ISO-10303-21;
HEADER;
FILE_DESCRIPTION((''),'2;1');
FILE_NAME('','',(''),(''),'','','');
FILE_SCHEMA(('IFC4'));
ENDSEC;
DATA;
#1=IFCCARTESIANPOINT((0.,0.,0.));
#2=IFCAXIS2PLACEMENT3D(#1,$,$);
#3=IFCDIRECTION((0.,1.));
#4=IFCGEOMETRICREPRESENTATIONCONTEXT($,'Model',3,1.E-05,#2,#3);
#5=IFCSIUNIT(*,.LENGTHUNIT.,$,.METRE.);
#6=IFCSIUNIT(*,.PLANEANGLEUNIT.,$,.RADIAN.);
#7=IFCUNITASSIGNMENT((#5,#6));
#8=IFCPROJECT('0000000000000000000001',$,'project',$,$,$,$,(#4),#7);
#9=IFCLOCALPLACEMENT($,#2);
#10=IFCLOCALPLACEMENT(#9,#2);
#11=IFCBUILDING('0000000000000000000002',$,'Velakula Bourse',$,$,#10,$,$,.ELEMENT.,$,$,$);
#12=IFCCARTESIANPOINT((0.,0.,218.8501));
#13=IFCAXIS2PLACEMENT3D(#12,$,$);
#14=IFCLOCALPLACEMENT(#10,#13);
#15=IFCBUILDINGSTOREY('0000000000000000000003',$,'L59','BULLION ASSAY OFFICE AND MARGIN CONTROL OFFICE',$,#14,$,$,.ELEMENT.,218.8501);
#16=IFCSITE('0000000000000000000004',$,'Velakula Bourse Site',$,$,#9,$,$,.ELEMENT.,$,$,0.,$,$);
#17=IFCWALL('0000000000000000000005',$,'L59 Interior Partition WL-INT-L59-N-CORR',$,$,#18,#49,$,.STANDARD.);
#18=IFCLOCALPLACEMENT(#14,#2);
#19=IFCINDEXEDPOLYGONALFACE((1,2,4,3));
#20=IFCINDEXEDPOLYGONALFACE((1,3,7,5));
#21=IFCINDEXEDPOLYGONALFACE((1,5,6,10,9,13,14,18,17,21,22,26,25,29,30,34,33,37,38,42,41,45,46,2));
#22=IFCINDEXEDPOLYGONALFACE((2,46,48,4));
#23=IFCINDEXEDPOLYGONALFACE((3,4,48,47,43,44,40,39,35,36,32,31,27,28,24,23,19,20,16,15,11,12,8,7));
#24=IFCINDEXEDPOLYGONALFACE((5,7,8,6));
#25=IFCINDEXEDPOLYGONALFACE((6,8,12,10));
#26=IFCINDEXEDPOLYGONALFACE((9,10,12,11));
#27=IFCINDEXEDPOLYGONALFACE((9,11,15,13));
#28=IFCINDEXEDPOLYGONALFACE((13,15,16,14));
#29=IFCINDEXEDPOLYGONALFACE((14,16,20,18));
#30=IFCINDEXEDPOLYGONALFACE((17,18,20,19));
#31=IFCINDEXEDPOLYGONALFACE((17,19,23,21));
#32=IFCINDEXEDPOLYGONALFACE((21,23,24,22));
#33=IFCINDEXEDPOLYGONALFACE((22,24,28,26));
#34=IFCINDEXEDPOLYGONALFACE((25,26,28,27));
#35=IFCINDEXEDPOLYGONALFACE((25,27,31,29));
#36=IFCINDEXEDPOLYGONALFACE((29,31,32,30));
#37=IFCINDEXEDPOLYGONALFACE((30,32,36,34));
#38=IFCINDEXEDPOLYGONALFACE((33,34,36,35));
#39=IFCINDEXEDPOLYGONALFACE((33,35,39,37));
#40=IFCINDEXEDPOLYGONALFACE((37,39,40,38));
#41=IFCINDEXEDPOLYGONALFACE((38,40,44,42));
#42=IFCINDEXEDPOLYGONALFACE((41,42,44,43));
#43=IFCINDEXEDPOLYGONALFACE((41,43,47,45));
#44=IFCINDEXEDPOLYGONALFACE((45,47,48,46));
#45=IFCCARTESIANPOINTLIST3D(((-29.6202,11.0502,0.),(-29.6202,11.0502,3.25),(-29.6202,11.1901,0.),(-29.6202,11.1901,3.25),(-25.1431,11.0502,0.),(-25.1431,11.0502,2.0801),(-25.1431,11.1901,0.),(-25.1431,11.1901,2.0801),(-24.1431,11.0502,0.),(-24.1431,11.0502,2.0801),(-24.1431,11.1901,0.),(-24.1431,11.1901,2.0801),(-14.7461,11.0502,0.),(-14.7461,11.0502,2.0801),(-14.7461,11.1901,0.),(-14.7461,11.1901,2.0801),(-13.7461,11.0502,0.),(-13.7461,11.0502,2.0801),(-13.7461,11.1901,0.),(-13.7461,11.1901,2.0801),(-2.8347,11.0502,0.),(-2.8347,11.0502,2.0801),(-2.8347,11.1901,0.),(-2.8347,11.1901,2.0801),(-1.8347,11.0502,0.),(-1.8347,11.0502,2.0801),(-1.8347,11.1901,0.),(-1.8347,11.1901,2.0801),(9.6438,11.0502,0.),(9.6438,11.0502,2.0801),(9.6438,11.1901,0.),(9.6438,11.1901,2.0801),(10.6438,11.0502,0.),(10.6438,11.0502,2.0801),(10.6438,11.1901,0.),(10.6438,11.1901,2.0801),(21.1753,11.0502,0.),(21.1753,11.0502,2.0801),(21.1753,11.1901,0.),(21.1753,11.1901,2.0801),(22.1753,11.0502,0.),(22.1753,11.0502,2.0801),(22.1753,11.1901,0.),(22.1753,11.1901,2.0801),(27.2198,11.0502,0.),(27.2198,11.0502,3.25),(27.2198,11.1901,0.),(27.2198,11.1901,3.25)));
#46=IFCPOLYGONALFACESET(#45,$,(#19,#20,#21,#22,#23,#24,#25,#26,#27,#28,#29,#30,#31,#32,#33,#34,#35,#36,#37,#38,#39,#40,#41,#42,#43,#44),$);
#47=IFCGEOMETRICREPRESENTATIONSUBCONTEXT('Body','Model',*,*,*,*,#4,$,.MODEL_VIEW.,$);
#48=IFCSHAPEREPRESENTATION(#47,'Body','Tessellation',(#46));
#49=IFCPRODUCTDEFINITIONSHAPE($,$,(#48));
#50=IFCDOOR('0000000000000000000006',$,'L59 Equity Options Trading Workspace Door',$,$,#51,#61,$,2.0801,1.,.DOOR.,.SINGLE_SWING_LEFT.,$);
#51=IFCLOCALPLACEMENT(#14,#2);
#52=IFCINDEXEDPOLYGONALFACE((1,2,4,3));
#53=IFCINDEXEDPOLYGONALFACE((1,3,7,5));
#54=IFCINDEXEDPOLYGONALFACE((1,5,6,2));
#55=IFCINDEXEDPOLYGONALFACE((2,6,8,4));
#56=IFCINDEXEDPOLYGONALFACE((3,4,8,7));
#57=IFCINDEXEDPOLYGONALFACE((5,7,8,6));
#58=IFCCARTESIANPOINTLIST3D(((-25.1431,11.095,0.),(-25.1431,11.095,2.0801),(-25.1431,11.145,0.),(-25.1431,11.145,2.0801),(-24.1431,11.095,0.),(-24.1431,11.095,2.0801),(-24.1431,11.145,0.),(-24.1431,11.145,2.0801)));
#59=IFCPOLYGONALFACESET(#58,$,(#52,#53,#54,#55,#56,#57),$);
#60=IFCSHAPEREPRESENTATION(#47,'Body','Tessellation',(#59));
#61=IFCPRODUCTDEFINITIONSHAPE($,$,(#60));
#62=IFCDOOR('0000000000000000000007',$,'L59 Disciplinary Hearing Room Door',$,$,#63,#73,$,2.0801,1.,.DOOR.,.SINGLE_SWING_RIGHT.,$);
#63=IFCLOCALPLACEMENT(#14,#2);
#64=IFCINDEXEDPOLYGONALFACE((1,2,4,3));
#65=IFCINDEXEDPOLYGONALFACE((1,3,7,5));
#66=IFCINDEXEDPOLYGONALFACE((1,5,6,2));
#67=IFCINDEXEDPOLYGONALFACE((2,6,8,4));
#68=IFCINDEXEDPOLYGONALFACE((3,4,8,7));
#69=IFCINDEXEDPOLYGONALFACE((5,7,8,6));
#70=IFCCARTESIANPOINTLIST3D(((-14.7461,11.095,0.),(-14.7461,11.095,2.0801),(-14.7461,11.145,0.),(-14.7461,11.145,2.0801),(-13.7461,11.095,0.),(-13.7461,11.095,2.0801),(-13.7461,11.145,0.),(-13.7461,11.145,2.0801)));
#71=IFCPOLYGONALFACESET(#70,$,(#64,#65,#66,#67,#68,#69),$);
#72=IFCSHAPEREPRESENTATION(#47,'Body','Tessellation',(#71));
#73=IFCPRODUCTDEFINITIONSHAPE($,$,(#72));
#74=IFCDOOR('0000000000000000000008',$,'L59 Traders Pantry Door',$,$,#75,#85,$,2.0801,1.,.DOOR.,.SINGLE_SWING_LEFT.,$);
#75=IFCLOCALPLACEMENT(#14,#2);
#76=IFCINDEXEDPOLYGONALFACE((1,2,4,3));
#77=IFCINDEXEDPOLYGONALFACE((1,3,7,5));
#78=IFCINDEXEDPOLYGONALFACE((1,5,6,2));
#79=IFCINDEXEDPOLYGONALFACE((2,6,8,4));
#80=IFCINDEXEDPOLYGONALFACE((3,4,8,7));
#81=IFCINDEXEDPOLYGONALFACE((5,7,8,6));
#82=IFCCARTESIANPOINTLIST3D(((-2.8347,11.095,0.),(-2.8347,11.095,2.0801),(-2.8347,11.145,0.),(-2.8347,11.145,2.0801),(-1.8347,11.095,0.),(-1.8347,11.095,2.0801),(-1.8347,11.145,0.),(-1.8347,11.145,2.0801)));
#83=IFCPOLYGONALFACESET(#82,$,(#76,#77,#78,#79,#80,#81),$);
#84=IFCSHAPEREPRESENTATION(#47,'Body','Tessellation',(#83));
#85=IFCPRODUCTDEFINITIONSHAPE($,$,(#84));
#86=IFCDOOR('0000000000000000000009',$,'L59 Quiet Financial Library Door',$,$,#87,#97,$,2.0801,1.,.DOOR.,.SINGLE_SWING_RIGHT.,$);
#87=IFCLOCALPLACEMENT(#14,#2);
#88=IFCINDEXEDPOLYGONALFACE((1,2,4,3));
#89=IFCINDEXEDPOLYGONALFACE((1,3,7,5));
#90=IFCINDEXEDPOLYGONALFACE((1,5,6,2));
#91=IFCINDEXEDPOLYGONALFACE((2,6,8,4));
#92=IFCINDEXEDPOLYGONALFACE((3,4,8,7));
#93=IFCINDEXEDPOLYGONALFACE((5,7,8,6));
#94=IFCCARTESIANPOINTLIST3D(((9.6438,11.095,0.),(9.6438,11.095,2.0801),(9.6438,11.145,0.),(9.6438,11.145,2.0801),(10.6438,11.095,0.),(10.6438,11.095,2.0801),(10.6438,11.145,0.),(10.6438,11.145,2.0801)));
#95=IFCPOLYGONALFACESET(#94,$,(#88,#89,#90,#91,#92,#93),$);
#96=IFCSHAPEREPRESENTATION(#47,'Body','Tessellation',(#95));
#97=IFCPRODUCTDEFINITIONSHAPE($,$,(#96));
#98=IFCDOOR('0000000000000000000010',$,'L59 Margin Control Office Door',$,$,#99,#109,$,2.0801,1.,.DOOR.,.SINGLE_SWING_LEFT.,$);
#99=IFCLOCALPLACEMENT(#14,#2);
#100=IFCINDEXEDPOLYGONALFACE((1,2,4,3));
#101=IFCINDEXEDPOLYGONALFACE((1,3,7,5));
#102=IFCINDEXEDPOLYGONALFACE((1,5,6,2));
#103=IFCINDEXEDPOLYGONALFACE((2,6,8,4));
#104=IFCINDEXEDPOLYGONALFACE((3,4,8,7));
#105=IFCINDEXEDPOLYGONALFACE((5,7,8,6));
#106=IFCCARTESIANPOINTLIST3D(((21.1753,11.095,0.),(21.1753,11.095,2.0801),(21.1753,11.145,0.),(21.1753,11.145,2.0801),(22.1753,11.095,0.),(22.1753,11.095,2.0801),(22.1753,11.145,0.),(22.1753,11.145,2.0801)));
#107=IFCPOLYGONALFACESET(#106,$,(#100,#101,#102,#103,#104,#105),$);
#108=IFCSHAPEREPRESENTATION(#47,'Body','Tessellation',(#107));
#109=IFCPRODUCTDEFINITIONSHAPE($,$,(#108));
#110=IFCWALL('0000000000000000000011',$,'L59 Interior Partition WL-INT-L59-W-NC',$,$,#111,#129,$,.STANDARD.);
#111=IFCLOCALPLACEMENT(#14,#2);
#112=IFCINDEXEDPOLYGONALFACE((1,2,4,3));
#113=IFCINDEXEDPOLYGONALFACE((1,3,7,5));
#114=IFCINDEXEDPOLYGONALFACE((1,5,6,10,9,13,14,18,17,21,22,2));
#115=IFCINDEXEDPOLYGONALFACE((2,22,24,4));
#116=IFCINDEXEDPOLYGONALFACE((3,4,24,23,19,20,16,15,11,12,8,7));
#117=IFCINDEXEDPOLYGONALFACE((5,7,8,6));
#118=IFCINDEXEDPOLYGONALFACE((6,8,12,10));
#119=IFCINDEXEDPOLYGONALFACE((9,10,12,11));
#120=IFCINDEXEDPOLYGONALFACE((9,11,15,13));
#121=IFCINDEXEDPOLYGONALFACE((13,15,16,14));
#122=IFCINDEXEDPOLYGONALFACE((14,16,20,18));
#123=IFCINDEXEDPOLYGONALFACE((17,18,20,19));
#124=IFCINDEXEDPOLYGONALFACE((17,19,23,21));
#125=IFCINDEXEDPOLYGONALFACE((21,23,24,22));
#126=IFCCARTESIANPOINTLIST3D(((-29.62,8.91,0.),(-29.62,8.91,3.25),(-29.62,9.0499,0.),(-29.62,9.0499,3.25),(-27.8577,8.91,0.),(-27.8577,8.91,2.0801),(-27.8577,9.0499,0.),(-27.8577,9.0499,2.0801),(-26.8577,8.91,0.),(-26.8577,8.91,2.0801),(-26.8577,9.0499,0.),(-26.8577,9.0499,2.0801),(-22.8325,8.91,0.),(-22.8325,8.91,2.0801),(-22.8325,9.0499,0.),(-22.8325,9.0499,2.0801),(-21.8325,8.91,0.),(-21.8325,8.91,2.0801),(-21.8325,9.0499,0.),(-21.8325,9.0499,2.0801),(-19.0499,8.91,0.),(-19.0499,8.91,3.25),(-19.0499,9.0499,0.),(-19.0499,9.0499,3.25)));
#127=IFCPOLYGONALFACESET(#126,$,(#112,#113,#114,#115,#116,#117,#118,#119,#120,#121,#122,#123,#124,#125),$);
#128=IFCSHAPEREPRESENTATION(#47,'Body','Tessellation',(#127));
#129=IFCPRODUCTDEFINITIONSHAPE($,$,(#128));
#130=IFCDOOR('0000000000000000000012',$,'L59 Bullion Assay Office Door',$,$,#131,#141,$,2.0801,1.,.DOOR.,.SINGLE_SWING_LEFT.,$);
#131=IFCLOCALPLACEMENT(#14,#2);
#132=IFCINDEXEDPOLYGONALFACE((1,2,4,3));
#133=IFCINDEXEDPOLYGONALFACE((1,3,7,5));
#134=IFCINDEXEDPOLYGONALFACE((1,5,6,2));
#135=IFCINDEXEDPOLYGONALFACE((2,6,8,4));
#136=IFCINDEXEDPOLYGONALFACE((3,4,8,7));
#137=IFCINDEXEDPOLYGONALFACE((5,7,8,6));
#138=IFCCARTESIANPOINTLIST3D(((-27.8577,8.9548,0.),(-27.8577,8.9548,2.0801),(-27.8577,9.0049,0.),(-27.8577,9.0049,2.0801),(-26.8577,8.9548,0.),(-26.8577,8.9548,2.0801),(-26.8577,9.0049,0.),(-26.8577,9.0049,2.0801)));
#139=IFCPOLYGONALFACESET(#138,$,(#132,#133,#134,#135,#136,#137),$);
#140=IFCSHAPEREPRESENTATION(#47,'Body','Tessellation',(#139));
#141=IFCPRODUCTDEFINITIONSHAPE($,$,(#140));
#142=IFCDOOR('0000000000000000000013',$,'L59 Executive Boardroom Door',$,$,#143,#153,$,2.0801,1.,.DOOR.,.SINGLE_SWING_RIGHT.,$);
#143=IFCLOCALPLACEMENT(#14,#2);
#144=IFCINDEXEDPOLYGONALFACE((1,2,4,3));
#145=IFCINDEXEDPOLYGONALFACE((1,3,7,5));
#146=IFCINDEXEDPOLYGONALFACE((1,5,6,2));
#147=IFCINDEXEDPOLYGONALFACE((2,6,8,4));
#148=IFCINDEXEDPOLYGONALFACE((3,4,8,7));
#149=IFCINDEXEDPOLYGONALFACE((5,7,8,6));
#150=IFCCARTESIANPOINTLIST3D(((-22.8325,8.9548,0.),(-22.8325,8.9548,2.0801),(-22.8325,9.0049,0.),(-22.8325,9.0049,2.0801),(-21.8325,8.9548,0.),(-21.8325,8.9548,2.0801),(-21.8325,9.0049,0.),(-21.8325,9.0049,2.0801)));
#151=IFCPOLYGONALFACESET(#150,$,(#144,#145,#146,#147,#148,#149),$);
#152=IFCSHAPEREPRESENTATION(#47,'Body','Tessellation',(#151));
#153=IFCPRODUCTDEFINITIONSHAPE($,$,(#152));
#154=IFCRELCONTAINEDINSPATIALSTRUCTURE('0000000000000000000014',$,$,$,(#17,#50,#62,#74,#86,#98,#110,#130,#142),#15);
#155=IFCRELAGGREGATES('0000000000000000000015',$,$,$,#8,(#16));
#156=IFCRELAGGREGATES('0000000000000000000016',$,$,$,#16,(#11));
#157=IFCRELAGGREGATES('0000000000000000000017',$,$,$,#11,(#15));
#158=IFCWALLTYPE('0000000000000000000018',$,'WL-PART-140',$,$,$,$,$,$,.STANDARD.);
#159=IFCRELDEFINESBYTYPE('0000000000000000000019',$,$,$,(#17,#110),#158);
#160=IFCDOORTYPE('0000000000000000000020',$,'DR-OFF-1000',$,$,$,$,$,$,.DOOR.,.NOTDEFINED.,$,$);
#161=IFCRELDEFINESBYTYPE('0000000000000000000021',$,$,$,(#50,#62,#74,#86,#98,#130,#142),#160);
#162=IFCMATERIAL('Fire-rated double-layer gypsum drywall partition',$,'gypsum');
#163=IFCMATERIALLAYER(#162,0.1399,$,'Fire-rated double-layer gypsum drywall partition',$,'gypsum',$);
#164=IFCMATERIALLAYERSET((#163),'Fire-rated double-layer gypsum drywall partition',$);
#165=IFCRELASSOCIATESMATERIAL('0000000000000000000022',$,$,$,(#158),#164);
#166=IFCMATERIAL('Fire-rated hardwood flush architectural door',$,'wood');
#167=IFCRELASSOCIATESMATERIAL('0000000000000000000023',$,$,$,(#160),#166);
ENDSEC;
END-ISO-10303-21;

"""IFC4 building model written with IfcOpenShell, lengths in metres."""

from ifc_helpers import new_model, si_unit, direction, frame, frame_2d, origin, place, context, subcontext, project, spatial, rectangle, extrude, material, layer, layer_set, type_object, element, fill, save


model = new_model("IFC4")

# Units and contexts
model_context = context("Model", 3, precision=1e-05, world=origin(), true_north=direction((0.0, 1.0)))
body_context = subcontext(model_context, "Body", "Model", "MODEL_VIEW")
ifc_project = project(units=[si_unit("LENGTHUNIT", "METRE"), si_unit("PLANEANGLEUNIT", "RADIAN")], contexts=[model_context])

# Site, building, storey
site_placement = place(None, origin())
site = spatial("IfcSite", under=ifc_project, at=site_placement, Name="Velakula Bourse Site", CompositionType="ELEMENT", RefElevation=0.0)
building_placement = place(site_placement, origin())
building = spatial("IfcBuilding", under=site, at=building_placement, Name="Velakula Bourse", CompositionType="ELEMENT")
storey_placement = place(building_placement, frame((0.0, 0.0, 218.8501)))
storey = spatial("IfcBuildingStorey", under=building, at=storey_placement, Name="L59", Description="BULLION ASSAY OFFICE AND MARGIN CONTROL OFFICE", CompositionType="ELEMENT", Elevation=218.8501)

# Shared definitions
ifc_material_1 = material(Name="Fire-rated hardwood flush architectural door", Category="wood")

# Shared definitions
ifc_material_2 = material(Name="Fire-rated double-layer gypsum drywall partition", Category="gypsum")

# Walls, openings, doors
ifc_layer_1 = layer(ifc_material_2, 0.1399, Name="Fire-rated double-layer gypsum drywall partition", Category="gypsum")
ifc_layer_set_1 = layer_set([ifc_layer_1], Name="Fire-rated double-layer gypsum drywall partition")
wall_type_1 = type_object("IfcWallType", Name="WL-PART-140", PredefinedType="STANDARD", material=ifc_layer_set_1)
wall_1_placement = place(storey_placement, frame((-29.6201, 11.1201, 0.0), z_axis=(0.0, 0.0, 1.0), x_axis=(1.0, 0.0, 0.0)))
wall_1 = element("IfcWall", 1, at=wall_1_placement, inside=storey, type_object=wall_type_1, Name="L59 Interior Partition WL-INT-L59-N-CORR", PredefinedType="STANDARD", context=body_context, shape_type="SweptSolid", body=[
    extrude(rectangle(XDim=56.8401, YDim=0.1399, at=frame_2d((28.4199, 0.0))), origin(), (0.0, 0.0, 1.0), 3.25),
])
opening_1_placement = place(wall_1_placement, frame((4.4771, 0.0, 0.0)))
opening_1 = element("IfcOpeningElement", 2, at=opening_1_placement, cuts=wall_1, PredefinedType="OPENING", context=body_context, shape_type="SweptSolid", body=[
    extrude(rectangle(XDim=1.0, YDim=2.0801, at=frame_2d((0.5, 1.04))), frame((0.0, 0.0798, 0.0), z_axis=(0.0, -1.0, 0.0), x_axis=(1.0, 0.0, 0.0)), (0.0, 0.0, 1.0), 0.1599),
])
opening_2_placement = place(wall_1_placement, frame((14.874, 0.0, 0.0)))
opening_2 = element("IfcOpeningElement", 3, at=opening_2_placement, cuts=wall_1, PredefinedType="OPENING", context=body_context, shape_type="SweptSolid", body=[
    extrude(rectangle(XDim=1.0, YDim=2.0801, at=frame_2d((0.5, 1.04))), frame((0.0, 0.0798, 0.0), z_axis=(0.0, -1.0, 0.0), x_axis=(1.0, 0.0, 0.0)), (0.0, 0.0, 1.0), 0.1599),
])
opening_3_placement = place(wall_1_placement, frame((26.7854, 0.0, 0.0)))
opening_3 = element("IfcOpeningElement", 4, at=opening_3_placement, cuts=wall_1, PredefinedType="OPENING", context=body_context, shape_type="SweptSolid", body=[
    extrude(rectangle(XDim=1.0, YDim=2.0801, at=frame_2d((0.5, 1.04))), frame((0.0, 0.0798, 0.0), z_axis=(0.0, -1.0, 0.0), x_axis=(1.0, 0.0, 0.0)), (0.0, 0.0, 1.0), 0.1599),
])
opening_4_placement = place(wall_1_placement, frame((39.2639, 0.0, 0.0)))
opening_4 = element("IfcOpeningElement", 5, at=opening_4_placement, cuts=wall_1, PredefinedType="OPENING", context=body_context, shape_type="SweptSolid", body=[
    extrude(rectangle(XDim=1.0, YDim=2.0801, at=frame_2d((0.5, 1.04))), frame((0.0, 0.0798, 0.0), z_axis=(0.0, -1.0, 0.0), x_axis=(1.0, 0.0, 0.0)), (0.0, 0.0, 1.0), 0.1599),
])
opening_5_placement = place(wall_1_placement, frame((50.7954, 0.0, 0.0)))
opening_5 = element("IfcOpeningElement", 6, at=opening_5_placement, cuts=wall_1, PredefinedType="OPENING", context=body_context, shape_type="SweptSolid", body=[
    extrude(rectangle(XDim=1.0, YDim=2.0801, at=frame_2d((0.5, 1.04))), frame((0.0, 0.0798, 0.0), z_axis=(0.0, -1.0, 0.0), x_axis=(1.0, 0.0, 0.0)), (0.0, 0.0, 1.0), 0.1599),
])
door_type_1 = type_object("IfcDoorType", Name="DR-OFF-1000", OperationType="NOTDEFINED", PredefinedType="DOOR", material=ifc_material_1)
door_1_placement = place(opening_1_placement, origin())
door_1 = element("IfcDoor", 7, at=door_1_placement, inside=storey, type_object=door_type_1, Name="L59 Equity Options Trading Workspace Door", OperationType="SINGLE_SWING_LEFT", OverallHeight=2.0801, OverallWidth=1.0, PredefinedType="DOOR", context=body_context, shape_type="SweptSolid", body=[
    extrude(rectangle(XDim=1.0, YDim=2.0801, at=frame_2d((0.5, 1.04))), frame((0.0, 0.0249, 0.0), z_axis=(0.0, -1.0, 0.0), x_axis=(1.0, 0.0, 0.0)), (0.0, 0.0, 1.0), 0.05),
])
fill(opening_1, door_1)
door_2_placement = place(opening_2_placement, origin())
door_2 = element("IfcDoor", 8, at=door_2_placement, inside=storey, type_object=door_type_1, Name="L59 Disciplinary Hearing Room Door", OperationType="SINGLE_SWING_RIGHT", OverallHeight=2.0801, OverallWidth=1.0, PredefinedType="DOOR", context=body_context, shape_type="SweptSolid", body=[
    extrude(rectangle(XDim=1.0, YDim=2.0801, at=frame_2d((0.5, 1.04))), frame((0.0, 0.0249, 0.0), z_axis=(0.0, -1.0, 0.0), x_axis=(1.0, 0.0, 0.0)), (0.0, 0.0, 1.0), 0.05),
])
fill(opening_2, door_2)
door_3_placement = place(opening_3_placement, origin())
door_3 = element("IfcDoor", 9, at=door_3_placement, inside=storey, type_object=door_type_1, Name="L59 Traders Pantry Door", OperationType="SINGLE_SWING_LEFT", OverallHeight=2.0801, OverallWidth=1.0, PredefinedType="DOOR", context=body_context, shape_type="SweptSolid", body=[
    extrude(rectangle(XDim=1.0, YDim=2.0801, at=frame_2d((0.5, 1.04))), frame((0.0, 0.0249, 0.0), z_axis=(0.0, -1.0, 0.0), x_axis=(1.0, 0.0, 0.0)), (0.0, 0.0, 1.0), 0.05),
])
fill(opening_3, door_3)
door_4_placement = place(opening_4_placement, origin())
door_4 = element("IfcDoor", 10, at=door_4_placement, inside=storey, type_object=door_type_1, Name="L59 Quiet Financial Library Door", OperationType="SINGLE_SWING_RIGHT", OverallHeight=2.0801, OverallWidth=1.0, PredefinedType="DOOR", context=body_context, shape_type="SweptSolid", body=[
    extrude(rectangle(XDim=1.0, YDim=2.0801, at=frame_2d((0.5, 1.04))), frame((0.0, 0.0249, 0.0), z_axis=(0.0, -1.0, 0.0), x_axis=(1.0, 0.0, 0.0)), (0.0, 0.0, 1.0), 0.05),
])
fill(opening_4, door_4)
door_5_placement = place(opening_5_placement, origin())
door_5 = element("IfcDoor", 11, at=door_5_placement, inside=storey, type_object=door_type_1, Name="L59 Margin Control Office Door", OperationType="SINGLE_SWING_LEFT", OverallHeight=2.0801, OverallWidth=1.0, PredefinedType="DOOR", context=body_context, shape_type="SweptSolid", body=[
    extrude(rectangle(XDim=1.0, YDim=2.0801, at=frame_2d((0.5, 1.04))), frame((0.0, 0.0249, 0.0), z_axis=(0.0, -1.0, 0.0), x_axis=(1.0, 0.0, 0.0)), (0.0, 0.0, 1.0), 0.05),
])
fill(opening_5, door_5)
wall_2_placement = place(storey_placement, frame((-29.6201, 8.98, 0.0), z_axis=(0.0, 0.0, 1.0), x_axis=(1.0, 0.0, 0.0)))
wall_2 = element("IfcWall", 12, at=wall_2_placement, inside=storey, type_object=wall_type_1, Name="L59 Interior Partition WL-INT-L59-W-NC", PredefinedType="STANDARD", context=body_context, shape_type="SweptSolid", body=[
    extrude(rectangle(XDim=10.5701, YDim=0.1399, at=frame_2d((5.2852, 0.0))), origin(), (0.0, 0.0, 1.0), 3.25),
])
opening_6_placement = place(wall_2_placement, frame((1.7625, 0.0, 0.0)))
opening_6 = element("IfcOpeningElement", 13, at=opening_6_placement, cuts=wall_2, PredefinedType="OPENING", context=body_context, shape_type="SweptSolid", body=[
    extrude(rectangle(XDim=1.0, YDim=2.0801, at=frame_2d((0.5, 1.04))), frame((0.0, 0.0798, 0.0), z_axis=(0.0, -1.0, 0.0), x_axis=(1.0, 0.0, 0.0)), (0.0, 0.0, 1.0), 0.1599),
])
opening_7_placement = place(wall_2_placement, frame((6.7876, 0.0, 0.0)))
opening_7 = element("IfcOpeningElement", 14, at=opening_7_placement, cuts=wall_2, PredefinedType="OPENING", context=body_context, shape_type="SweptSolid", body=[
    extrude(rectangle(XDim=1.0, YDim=2.0801, at=frame_2d((0.5, 1.04))), frame((0.0, 0.0798, 0.0), z_axis=(0.0, -1.0, 0.0), x_axis=(1.0, 0.0, 0.0)), (0.0, 0.0, 1.0), 0.1599),
])
door_6_placement = place(opening_6_placement, origin())
door_6 = element("IfcDoor", 15, at=door_6_placement, inside=storey, type_object=door_type_1, Name="L59 Bullion Assay Office Door", OperationType="SINGLE_SWING_LEFT", OverallHeight=2.0801, OverallWidth=1.0, PredefinedType="DOOR", context=body_context, shape_type="SweptSolid", body=[
    extrude(rectangle(XDim=1.0, YDim=2.0801, at=frame_2d((0.5, 1.04))), frame((0.0, 0.0249, 0.0), z_axis=(0.0, -1.0, 0.0), x_axis=(1.0, 0.0, 0.0)), (0.0, 0.0, 1.0), 0.05),
])
fill(opening_6, door_6)
door_7_placement = place(opening_7_placement, origin())
door_7 = element("IfcDoor", 16, at=door_7_placement, inside=storey, type_object=door_type_1, Name="L59 Executive Boardroom Door", OperationType="SINGLE_SWING_RIGHT", OverallHeight=2.0801, OverallWidth=1.0, PredefinedType="DOOR", context=body_context, shape_type="SweptSolid", body=[
    extrude(rectangle(XDim=1.0, YDim=2.0801, at=frame_2d((0.5, 1.04))), frame((0.0, 0.0249, 0.0), z_axis=(0.0, -1.0, 0.0), x_axis=(1.0, 0.0, 0.0)), (0.0, 0.0, 1.0), 0.05),
])
fill(opening_7, door_7)

save(model, "model.ifc")
